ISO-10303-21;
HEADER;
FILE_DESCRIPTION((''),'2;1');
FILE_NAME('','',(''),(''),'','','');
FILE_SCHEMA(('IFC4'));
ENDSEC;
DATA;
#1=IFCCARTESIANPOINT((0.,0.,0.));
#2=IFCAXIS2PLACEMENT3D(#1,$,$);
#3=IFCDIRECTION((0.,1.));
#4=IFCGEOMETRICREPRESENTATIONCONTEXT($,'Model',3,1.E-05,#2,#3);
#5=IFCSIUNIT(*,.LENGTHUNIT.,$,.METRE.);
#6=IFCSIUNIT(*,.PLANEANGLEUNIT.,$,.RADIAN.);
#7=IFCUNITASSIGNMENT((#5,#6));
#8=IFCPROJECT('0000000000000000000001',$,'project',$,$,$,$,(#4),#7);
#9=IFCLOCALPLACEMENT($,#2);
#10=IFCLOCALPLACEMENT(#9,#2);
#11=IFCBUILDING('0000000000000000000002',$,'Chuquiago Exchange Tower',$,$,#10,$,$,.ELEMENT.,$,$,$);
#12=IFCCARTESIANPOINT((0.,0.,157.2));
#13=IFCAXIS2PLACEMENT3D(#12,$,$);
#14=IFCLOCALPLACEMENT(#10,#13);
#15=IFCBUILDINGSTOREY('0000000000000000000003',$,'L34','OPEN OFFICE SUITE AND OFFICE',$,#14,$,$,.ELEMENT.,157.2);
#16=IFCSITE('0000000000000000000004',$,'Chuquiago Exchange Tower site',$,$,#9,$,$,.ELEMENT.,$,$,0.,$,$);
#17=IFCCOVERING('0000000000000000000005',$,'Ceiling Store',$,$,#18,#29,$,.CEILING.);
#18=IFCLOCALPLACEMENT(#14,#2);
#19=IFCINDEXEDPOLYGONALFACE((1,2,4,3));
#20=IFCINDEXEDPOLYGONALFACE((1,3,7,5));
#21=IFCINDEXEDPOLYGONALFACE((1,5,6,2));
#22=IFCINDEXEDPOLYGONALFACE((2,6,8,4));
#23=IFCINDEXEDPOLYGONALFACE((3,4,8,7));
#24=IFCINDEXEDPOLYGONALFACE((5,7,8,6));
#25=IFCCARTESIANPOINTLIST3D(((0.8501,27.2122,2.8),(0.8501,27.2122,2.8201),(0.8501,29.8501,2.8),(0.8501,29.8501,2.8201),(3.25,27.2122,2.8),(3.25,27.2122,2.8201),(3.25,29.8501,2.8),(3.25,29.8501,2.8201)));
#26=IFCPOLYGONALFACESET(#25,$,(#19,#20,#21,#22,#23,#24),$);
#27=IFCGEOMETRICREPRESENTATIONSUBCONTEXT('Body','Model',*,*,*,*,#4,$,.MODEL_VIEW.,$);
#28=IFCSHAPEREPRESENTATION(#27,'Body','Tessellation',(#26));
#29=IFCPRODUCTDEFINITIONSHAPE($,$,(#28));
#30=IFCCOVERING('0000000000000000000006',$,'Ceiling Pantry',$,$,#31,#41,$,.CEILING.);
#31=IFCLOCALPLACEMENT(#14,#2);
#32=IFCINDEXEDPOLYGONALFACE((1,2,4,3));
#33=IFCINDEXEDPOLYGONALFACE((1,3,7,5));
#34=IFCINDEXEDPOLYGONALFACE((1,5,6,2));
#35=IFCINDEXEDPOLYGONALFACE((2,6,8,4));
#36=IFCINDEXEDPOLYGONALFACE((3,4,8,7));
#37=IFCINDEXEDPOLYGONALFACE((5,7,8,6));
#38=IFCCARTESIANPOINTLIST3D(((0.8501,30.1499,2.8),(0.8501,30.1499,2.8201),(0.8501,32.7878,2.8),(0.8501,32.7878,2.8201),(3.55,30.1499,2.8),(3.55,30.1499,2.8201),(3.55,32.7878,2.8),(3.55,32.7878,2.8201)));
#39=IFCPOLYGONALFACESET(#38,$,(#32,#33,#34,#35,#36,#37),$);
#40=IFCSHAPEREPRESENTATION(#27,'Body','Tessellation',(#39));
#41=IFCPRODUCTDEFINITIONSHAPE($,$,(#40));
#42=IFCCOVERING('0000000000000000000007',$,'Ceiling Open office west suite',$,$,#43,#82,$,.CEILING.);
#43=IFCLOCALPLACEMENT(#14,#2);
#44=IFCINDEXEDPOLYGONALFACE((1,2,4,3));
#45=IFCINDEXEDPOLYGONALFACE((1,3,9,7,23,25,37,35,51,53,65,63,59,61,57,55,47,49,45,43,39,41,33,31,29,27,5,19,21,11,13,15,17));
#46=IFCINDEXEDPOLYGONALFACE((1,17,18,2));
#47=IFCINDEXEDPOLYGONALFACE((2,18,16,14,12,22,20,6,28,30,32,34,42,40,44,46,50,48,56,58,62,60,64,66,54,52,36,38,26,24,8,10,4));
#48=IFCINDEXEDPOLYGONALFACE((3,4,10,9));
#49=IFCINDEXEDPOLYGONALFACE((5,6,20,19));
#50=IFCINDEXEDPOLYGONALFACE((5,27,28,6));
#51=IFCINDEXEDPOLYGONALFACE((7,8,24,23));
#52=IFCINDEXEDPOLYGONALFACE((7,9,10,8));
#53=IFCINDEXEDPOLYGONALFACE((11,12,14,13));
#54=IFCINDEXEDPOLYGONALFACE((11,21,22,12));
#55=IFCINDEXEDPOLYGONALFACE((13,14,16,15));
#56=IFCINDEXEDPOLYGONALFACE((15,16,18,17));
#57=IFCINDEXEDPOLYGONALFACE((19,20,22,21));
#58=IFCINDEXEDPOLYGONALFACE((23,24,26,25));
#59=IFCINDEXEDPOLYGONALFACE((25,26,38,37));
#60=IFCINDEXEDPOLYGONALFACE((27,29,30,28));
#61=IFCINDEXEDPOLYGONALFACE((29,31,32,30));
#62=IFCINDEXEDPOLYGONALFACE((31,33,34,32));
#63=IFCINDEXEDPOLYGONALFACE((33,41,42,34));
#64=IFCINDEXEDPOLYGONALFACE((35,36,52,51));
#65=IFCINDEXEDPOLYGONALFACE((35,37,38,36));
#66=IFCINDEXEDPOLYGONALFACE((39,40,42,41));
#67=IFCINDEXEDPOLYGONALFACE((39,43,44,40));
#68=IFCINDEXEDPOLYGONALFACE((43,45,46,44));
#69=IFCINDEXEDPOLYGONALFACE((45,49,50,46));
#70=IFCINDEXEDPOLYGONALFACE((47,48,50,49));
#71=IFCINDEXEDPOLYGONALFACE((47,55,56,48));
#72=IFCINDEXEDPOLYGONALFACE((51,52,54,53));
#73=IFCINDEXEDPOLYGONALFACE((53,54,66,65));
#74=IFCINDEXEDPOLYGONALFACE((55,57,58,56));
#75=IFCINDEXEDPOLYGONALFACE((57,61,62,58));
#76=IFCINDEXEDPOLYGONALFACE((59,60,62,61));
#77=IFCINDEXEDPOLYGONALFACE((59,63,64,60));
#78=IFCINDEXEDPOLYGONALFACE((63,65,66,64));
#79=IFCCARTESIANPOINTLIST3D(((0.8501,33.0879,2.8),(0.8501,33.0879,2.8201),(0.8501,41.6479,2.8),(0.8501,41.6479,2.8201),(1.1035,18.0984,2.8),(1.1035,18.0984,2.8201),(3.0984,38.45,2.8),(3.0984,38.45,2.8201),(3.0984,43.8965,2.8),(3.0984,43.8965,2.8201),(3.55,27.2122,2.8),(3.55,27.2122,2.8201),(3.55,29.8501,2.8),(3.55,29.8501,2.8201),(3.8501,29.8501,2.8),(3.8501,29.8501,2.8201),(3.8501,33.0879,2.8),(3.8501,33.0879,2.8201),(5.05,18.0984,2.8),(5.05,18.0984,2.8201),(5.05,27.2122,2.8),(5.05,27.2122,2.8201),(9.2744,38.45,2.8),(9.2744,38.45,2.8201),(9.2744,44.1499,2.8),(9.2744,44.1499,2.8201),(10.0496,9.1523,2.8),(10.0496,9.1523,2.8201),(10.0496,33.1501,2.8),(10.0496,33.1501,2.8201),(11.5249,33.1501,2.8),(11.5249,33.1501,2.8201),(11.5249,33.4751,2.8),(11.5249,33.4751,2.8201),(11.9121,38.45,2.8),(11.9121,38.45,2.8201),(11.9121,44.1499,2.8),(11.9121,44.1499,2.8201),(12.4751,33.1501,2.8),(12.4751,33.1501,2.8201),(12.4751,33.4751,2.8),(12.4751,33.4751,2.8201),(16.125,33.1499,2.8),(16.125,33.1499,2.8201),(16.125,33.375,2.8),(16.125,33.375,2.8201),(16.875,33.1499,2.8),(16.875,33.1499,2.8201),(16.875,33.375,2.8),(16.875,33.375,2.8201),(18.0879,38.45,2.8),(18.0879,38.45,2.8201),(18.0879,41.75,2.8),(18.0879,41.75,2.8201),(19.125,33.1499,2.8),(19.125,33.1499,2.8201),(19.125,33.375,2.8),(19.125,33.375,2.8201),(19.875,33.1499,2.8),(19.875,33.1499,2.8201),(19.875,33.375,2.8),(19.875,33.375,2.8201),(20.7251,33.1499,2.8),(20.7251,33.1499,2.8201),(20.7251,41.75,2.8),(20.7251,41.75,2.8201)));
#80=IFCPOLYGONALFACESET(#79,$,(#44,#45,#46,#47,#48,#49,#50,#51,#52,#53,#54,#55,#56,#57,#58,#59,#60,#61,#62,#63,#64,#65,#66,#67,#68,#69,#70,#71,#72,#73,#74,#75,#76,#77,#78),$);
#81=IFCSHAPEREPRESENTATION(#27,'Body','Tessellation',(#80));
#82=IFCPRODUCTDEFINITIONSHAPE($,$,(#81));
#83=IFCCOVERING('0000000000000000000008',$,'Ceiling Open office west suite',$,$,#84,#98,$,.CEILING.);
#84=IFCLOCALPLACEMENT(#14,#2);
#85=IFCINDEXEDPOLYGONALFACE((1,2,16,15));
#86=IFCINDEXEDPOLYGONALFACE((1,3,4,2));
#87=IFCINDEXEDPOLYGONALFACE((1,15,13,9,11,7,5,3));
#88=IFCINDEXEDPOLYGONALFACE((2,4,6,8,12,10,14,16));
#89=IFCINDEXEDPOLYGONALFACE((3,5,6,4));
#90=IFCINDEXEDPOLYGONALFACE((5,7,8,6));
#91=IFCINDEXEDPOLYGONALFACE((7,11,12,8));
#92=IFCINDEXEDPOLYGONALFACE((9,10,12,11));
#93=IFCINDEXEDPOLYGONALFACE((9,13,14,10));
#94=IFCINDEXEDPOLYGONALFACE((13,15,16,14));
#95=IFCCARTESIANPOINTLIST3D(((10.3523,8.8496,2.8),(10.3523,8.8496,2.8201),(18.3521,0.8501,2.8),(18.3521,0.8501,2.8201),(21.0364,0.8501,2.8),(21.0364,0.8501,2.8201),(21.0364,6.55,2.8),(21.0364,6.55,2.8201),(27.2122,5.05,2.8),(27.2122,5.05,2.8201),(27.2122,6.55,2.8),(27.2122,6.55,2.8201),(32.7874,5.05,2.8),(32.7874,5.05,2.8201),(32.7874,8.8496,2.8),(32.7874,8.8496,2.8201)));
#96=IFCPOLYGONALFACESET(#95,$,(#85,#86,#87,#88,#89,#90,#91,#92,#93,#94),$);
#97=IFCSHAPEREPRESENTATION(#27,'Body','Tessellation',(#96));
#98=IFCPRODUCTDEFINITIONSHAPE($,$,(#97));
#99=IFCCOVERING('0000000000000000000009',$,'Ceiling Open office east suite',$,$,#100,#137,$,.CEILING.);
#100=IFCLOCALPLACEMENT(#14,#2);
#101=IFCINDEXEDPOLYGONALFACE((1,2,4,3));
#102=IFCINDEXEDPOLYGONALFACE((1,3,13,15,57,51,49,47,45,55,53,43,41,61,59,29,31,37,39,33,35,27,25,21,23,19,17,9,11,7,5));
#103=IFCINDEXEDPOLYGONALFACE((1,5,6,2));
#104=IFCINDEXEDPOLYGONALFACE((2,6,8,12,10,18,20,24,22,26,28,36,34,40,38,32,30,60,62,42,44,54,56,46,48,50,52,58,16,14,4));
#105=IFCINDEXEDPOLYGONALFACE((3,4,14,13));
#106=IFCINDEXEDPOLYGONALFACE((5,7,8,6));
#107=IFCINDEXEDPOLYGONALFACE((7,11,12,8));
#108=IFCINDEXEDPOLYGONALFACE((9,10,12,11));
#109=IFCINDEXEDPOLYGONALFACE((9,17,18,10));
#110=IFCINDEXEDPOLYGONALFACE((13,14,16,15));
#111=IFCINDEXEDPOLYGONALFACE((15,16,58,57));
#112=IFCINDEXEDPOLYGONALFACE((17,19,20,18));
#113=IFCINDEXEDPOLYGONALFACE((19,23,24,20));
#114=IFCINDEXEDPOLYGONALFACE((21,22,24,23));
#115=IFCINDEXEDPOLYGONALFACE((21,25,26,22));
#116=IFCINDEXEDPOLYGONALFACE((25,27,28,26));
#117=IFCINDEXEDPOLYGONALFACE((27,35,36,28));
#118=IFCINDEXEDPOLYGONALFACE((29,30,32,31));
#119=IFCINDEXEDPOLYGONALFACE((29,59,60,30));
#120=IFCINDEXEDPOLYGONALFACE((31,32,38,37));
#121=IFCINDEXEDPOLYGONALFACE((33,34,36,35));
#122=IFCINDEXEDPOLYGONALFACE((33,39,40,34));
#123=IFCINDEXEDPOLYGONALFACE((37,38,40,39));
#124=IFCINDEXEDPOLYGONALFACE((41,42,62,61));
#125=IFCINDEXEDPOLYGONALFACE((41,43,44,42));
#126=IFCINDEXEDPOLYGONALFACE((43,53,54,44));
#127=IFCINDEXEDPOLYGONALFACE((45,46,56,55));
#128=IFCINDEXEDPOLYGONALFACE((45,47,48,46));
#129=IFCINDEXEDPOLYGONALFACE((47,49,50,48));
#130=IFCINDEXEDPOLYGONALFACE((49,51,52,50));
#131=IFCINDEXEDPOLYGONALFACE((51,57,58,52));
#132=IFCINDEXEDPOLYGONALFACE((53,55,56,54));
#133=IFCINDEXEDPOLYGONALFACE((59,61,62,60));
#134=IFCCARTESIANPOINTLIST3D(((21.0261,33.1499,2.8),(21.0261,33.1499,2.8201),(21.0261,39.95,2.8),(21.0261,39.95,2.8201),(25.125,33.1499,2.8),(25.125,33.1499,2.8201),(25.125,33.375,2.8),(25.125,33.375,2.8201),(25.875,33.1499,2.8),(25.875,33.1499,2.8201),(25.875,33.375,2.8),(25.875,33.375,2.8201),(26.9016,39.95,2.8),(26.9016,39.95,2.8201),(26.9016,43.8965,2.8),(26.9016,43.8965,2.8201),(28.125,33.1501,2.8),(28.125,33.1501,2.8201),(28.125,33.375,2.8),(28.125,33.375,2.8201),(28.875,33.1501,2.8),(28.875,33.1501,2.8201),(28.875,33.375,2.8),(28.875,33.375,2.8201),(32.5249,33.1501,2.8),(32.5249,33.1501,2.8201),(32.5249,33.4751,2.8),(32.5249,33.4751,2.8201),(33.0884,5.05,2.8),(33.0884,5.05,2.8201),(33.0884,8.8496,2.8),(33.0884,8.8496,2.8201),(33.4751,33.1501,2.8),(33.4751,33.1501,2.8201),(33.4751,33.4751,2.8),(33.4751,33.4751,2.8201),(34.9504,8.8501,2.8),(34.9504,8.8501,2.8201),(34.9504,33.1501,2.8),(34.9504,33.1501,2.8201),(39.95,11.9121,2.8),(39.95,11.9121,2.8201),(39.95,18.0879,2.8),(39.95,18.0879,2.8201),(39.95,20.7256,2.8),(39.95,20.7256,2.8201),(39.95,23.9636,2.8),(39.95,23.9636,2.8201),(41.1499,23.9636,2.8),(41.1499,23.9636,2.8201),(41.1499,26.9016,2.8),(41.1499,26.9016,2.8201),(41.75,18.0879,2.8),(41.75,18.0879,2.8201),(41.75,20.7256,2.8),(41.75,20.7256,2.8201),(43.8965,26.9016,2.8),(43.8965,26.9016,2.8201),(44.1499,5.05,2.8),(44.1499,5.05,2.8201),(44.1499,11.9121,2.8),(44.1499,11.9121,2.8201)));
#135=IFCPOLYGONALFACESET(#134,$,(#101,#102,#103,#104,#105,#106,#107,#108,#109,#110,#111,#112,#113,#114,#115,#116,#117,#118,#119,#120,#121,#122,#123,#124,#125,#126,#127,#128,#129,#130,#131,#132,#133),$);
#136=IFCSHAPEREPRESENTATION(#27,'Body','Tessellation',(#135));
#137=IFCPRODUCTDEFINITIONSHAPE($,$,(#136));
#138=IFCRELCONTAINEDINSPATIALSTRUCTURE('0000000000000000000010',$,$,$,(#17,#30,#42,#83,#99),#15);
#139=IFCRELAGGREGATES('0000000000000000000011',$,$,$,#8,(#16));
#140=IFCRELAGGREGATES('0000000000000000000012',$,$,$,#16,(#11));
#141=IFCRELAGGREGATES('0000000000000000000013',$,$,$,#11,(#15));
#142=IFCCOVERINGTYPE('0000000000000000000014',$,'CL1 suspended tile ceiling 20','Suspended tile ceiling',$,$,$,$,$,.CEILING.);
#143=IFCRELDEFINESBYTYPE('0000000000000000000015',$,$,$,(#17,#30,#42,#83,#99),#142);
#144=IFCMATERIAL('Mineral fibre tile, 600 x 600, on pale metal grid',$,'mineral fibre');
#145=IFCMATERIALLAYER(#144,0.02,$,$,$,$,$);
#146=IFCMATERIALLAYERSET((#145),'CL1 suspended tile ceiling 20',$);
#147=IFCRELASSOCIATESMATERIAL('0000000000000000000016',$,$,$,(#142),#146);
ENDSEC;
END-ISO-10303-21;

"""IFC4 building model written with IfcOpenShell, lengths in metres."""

from ifc_helpers import new_model, si_unit, direction, frame, origin, place, context, subcontext, project, spatial, polyline, outline, extrude, material, layer, layer_set, type_object, element, save


model = new_model("IFC4")

# Units and contexts
model_context = context("Model", 3, precision=1e-05, world=origin(), true_north=direction((0.0, 1.0)))
body_context = subcontext(model_context, "Body", "Model", "MODEL_VIEW")
ifc_project = project(units=[si_unit("LENGTHUNIT", "METRE"), si_unit("PLANEANGLEUNIT", "RADIAN")], contexts=[model_context])

# Site, building, storey
site_placement = place(None, origin())
site = spatial("IfcSite", under=ifc_project, at=site_placement, Name="Chuquiago Exchange Tower site", CompositionType="ELEMENT", RefElevation=0.0)
building_placement = place(site_placement, origin())
building = spatial("IfcBuilding", under=site, at=building_placement, Name="Chuquiago Exchange Tower", CompositionType="ELEMENT")
storey_placement = place(building_placement, frame((0.0, 0.0, 157.2)))
storey = spatial("IfcBuildingStorey", under=building, at=storey_placement, Name="L34", Description="OPEN OFFICE SUITE AND OFFICE", CompositionType="ELEMENT", Elevation=157.2)

# Coverings
ifc_material_1 = material(Name="Mineral fibre tile, 600 x 600, on pale metal grid", Category="mineral fibre")
ifc_layer_1 = layer(ifc_material_1, 0.02)
ifc_layer_set_1 = layer_set([ifc_layer_1], Name="CL1 suspended tile ceiling 20")
covering_type_1 = type_object("IfcCoveringType", Name="CL1 suspended tile ceiling 20", Description="Suspended tile ceiling", PredefinedType="CEILING", material=ifc_layer_set_1)
covering_1_placement = place(storey_placement, frame((0.0, 0.0, 2.8)))
element("IfcCovering", 1, at=covering_1_placement, inside=storey, type_object=covering_type_1, Name="Ceiling Store", PredefinedType="CEILING", context=body_context, shape_type="SweptSolid", body=[
    extrude(outline(polyline([(3.25, 29.8501), (3.25, 27.2122), (0.8501, 27.2122), (0.8501, 29.8501), (3.25, 29.8501)])), origin(), (0.0, 0.0, 1.0), 0.02),
])
covering_2_placement = place(storey_placement, frame((0.0, 0.0, 2.8)))
element("IfcCovering", 2, at=covering_2_placement, inside=storey, type_object=covering_type_1, Name="Ceiling Pantry", PredefinedType="CEILING", context=body_context, shape_type="SweptSolid", body=[
    extrude(outline(polyline([(3.55, 32.7878), (3.55, 30.1499), (0.8501, 30.1499), (0.8501, 32.7878), (3.55, 32.7878)])), origin(), (0.0, 0.0, 1.0), 0.02),
])
covering_3_placement = place(storey_placement, frame((0.0, 0.0, 2.8)))
element("IfcCovering", 3, at=covering_3_placement, inside=storey, type_object=covering_type_1, Name="Ceiling Open office west suite", PredefinedType="CEILING", context=body_context, shape_type="SweptSolid", body=[
    extrude(outline(polyline([(3.0984, 38.45), (9.2744, 38.45), (9.2744, 44.1499), (11.9121, 44.1499), (11.9121, 38.45), (18.0879, 38.45), (18.0879, 41.75), (20.7251, 41.75), (20.7251, 33.1499), (19.875, 33.1499), (19.875, 33.375), (19.125, 33.375), (19.125, 33.1499), (16.875, 33.1499), (16.875, 33.375), (16.125, 33.375), (16.125, 33.1499), (12.4751, 33.1501), (12.4751, 33.4751), (11.5249, 33.4751), (11.5249, 33.1501), (10.0496, 33.1501), (10.0496, 9.1523), (1.1035, 18.0984), (5.05, 18.0984), (5.05, 27.2122), (3.55, 27.2122), (3.55, 29.8501), (3.8501, 29.8501), (3.8501, 33.0879), (0.8501, 33.0879), (0.8501, 41.6479), (3.0984, 43.8965), (3.0984, 38.45)])), origin(), (0.0, 0.0, 1.0), 0.02),
])
covering_4_placement = place(storey_placement, frame((0.0, 0.0, 2.8)))
element("IfcCovering", 4, at=covering_4_placement, inside=storey, type_object=covering_type_1, Name="Ceiling Open office west suite", PredefinedType="CEILING", context=body_context, shape_type="SweptSolid", body=[
    extrude(outline(polyline([(32.7874, 8.8496), (32.7874, 5.05), (27.2122, 5.05), (27.2122, 6.55), (21.0364, 6.55), (21.0364, 0.8501), (18.3521, 0.8501), (10.3523, 8.8496), (32.7874, 8.8496)])), origin(), (0.0, 0.0, 1.0), 0.02),
])
covering_5_placement = place(storey_placement, frame((0.0, 0.0, 2.8)))
element("IfcCovering", 5, at=covering_5_placement, inside=storey, type_object=covering_type_1, Name="Ceiling Open office east suite", PredefinedType="CEILING", context=body_context, shape_type="SweptSolid", body=[
    extrude(outline(polyline([(26.9016, 39.95), (26.9016, 43.8965), (43.8965, 26.9016), (41.1499, 26.9016), (41.1499, 23.9636), (39.95, 23.9636), (39.95, 20.7256), (41.75, 20.7256), (41.75, 18.0879), (39.95, 18.0879), (39.95, 11.9121), (44.1499, 11.9121), (44.1499, 5.05), (33.0884, 5.05), (33.0884, 8.8496), (34.9504, 8.8501), (34.9504, 33.1501), (33.4751, 33.1501), (33.4751, 33.4751), (32.5249, 33.4751), (32.5249, 33.1501), (28.875, 33.1501), (28.875, 33.375), (28.125, 33.375), (28.125, 33.1501), (25.875, 33.1499), (25.875, 33.375), (25.125, 33.375), (25.125, 33.1499), (21.0261, 33.1499), (21.0261, 39.95), (26.9016, 39.95)])), origin(), (0.0, 0.0, 1.0), 0.02),
])

save(model, "model.ifc")
